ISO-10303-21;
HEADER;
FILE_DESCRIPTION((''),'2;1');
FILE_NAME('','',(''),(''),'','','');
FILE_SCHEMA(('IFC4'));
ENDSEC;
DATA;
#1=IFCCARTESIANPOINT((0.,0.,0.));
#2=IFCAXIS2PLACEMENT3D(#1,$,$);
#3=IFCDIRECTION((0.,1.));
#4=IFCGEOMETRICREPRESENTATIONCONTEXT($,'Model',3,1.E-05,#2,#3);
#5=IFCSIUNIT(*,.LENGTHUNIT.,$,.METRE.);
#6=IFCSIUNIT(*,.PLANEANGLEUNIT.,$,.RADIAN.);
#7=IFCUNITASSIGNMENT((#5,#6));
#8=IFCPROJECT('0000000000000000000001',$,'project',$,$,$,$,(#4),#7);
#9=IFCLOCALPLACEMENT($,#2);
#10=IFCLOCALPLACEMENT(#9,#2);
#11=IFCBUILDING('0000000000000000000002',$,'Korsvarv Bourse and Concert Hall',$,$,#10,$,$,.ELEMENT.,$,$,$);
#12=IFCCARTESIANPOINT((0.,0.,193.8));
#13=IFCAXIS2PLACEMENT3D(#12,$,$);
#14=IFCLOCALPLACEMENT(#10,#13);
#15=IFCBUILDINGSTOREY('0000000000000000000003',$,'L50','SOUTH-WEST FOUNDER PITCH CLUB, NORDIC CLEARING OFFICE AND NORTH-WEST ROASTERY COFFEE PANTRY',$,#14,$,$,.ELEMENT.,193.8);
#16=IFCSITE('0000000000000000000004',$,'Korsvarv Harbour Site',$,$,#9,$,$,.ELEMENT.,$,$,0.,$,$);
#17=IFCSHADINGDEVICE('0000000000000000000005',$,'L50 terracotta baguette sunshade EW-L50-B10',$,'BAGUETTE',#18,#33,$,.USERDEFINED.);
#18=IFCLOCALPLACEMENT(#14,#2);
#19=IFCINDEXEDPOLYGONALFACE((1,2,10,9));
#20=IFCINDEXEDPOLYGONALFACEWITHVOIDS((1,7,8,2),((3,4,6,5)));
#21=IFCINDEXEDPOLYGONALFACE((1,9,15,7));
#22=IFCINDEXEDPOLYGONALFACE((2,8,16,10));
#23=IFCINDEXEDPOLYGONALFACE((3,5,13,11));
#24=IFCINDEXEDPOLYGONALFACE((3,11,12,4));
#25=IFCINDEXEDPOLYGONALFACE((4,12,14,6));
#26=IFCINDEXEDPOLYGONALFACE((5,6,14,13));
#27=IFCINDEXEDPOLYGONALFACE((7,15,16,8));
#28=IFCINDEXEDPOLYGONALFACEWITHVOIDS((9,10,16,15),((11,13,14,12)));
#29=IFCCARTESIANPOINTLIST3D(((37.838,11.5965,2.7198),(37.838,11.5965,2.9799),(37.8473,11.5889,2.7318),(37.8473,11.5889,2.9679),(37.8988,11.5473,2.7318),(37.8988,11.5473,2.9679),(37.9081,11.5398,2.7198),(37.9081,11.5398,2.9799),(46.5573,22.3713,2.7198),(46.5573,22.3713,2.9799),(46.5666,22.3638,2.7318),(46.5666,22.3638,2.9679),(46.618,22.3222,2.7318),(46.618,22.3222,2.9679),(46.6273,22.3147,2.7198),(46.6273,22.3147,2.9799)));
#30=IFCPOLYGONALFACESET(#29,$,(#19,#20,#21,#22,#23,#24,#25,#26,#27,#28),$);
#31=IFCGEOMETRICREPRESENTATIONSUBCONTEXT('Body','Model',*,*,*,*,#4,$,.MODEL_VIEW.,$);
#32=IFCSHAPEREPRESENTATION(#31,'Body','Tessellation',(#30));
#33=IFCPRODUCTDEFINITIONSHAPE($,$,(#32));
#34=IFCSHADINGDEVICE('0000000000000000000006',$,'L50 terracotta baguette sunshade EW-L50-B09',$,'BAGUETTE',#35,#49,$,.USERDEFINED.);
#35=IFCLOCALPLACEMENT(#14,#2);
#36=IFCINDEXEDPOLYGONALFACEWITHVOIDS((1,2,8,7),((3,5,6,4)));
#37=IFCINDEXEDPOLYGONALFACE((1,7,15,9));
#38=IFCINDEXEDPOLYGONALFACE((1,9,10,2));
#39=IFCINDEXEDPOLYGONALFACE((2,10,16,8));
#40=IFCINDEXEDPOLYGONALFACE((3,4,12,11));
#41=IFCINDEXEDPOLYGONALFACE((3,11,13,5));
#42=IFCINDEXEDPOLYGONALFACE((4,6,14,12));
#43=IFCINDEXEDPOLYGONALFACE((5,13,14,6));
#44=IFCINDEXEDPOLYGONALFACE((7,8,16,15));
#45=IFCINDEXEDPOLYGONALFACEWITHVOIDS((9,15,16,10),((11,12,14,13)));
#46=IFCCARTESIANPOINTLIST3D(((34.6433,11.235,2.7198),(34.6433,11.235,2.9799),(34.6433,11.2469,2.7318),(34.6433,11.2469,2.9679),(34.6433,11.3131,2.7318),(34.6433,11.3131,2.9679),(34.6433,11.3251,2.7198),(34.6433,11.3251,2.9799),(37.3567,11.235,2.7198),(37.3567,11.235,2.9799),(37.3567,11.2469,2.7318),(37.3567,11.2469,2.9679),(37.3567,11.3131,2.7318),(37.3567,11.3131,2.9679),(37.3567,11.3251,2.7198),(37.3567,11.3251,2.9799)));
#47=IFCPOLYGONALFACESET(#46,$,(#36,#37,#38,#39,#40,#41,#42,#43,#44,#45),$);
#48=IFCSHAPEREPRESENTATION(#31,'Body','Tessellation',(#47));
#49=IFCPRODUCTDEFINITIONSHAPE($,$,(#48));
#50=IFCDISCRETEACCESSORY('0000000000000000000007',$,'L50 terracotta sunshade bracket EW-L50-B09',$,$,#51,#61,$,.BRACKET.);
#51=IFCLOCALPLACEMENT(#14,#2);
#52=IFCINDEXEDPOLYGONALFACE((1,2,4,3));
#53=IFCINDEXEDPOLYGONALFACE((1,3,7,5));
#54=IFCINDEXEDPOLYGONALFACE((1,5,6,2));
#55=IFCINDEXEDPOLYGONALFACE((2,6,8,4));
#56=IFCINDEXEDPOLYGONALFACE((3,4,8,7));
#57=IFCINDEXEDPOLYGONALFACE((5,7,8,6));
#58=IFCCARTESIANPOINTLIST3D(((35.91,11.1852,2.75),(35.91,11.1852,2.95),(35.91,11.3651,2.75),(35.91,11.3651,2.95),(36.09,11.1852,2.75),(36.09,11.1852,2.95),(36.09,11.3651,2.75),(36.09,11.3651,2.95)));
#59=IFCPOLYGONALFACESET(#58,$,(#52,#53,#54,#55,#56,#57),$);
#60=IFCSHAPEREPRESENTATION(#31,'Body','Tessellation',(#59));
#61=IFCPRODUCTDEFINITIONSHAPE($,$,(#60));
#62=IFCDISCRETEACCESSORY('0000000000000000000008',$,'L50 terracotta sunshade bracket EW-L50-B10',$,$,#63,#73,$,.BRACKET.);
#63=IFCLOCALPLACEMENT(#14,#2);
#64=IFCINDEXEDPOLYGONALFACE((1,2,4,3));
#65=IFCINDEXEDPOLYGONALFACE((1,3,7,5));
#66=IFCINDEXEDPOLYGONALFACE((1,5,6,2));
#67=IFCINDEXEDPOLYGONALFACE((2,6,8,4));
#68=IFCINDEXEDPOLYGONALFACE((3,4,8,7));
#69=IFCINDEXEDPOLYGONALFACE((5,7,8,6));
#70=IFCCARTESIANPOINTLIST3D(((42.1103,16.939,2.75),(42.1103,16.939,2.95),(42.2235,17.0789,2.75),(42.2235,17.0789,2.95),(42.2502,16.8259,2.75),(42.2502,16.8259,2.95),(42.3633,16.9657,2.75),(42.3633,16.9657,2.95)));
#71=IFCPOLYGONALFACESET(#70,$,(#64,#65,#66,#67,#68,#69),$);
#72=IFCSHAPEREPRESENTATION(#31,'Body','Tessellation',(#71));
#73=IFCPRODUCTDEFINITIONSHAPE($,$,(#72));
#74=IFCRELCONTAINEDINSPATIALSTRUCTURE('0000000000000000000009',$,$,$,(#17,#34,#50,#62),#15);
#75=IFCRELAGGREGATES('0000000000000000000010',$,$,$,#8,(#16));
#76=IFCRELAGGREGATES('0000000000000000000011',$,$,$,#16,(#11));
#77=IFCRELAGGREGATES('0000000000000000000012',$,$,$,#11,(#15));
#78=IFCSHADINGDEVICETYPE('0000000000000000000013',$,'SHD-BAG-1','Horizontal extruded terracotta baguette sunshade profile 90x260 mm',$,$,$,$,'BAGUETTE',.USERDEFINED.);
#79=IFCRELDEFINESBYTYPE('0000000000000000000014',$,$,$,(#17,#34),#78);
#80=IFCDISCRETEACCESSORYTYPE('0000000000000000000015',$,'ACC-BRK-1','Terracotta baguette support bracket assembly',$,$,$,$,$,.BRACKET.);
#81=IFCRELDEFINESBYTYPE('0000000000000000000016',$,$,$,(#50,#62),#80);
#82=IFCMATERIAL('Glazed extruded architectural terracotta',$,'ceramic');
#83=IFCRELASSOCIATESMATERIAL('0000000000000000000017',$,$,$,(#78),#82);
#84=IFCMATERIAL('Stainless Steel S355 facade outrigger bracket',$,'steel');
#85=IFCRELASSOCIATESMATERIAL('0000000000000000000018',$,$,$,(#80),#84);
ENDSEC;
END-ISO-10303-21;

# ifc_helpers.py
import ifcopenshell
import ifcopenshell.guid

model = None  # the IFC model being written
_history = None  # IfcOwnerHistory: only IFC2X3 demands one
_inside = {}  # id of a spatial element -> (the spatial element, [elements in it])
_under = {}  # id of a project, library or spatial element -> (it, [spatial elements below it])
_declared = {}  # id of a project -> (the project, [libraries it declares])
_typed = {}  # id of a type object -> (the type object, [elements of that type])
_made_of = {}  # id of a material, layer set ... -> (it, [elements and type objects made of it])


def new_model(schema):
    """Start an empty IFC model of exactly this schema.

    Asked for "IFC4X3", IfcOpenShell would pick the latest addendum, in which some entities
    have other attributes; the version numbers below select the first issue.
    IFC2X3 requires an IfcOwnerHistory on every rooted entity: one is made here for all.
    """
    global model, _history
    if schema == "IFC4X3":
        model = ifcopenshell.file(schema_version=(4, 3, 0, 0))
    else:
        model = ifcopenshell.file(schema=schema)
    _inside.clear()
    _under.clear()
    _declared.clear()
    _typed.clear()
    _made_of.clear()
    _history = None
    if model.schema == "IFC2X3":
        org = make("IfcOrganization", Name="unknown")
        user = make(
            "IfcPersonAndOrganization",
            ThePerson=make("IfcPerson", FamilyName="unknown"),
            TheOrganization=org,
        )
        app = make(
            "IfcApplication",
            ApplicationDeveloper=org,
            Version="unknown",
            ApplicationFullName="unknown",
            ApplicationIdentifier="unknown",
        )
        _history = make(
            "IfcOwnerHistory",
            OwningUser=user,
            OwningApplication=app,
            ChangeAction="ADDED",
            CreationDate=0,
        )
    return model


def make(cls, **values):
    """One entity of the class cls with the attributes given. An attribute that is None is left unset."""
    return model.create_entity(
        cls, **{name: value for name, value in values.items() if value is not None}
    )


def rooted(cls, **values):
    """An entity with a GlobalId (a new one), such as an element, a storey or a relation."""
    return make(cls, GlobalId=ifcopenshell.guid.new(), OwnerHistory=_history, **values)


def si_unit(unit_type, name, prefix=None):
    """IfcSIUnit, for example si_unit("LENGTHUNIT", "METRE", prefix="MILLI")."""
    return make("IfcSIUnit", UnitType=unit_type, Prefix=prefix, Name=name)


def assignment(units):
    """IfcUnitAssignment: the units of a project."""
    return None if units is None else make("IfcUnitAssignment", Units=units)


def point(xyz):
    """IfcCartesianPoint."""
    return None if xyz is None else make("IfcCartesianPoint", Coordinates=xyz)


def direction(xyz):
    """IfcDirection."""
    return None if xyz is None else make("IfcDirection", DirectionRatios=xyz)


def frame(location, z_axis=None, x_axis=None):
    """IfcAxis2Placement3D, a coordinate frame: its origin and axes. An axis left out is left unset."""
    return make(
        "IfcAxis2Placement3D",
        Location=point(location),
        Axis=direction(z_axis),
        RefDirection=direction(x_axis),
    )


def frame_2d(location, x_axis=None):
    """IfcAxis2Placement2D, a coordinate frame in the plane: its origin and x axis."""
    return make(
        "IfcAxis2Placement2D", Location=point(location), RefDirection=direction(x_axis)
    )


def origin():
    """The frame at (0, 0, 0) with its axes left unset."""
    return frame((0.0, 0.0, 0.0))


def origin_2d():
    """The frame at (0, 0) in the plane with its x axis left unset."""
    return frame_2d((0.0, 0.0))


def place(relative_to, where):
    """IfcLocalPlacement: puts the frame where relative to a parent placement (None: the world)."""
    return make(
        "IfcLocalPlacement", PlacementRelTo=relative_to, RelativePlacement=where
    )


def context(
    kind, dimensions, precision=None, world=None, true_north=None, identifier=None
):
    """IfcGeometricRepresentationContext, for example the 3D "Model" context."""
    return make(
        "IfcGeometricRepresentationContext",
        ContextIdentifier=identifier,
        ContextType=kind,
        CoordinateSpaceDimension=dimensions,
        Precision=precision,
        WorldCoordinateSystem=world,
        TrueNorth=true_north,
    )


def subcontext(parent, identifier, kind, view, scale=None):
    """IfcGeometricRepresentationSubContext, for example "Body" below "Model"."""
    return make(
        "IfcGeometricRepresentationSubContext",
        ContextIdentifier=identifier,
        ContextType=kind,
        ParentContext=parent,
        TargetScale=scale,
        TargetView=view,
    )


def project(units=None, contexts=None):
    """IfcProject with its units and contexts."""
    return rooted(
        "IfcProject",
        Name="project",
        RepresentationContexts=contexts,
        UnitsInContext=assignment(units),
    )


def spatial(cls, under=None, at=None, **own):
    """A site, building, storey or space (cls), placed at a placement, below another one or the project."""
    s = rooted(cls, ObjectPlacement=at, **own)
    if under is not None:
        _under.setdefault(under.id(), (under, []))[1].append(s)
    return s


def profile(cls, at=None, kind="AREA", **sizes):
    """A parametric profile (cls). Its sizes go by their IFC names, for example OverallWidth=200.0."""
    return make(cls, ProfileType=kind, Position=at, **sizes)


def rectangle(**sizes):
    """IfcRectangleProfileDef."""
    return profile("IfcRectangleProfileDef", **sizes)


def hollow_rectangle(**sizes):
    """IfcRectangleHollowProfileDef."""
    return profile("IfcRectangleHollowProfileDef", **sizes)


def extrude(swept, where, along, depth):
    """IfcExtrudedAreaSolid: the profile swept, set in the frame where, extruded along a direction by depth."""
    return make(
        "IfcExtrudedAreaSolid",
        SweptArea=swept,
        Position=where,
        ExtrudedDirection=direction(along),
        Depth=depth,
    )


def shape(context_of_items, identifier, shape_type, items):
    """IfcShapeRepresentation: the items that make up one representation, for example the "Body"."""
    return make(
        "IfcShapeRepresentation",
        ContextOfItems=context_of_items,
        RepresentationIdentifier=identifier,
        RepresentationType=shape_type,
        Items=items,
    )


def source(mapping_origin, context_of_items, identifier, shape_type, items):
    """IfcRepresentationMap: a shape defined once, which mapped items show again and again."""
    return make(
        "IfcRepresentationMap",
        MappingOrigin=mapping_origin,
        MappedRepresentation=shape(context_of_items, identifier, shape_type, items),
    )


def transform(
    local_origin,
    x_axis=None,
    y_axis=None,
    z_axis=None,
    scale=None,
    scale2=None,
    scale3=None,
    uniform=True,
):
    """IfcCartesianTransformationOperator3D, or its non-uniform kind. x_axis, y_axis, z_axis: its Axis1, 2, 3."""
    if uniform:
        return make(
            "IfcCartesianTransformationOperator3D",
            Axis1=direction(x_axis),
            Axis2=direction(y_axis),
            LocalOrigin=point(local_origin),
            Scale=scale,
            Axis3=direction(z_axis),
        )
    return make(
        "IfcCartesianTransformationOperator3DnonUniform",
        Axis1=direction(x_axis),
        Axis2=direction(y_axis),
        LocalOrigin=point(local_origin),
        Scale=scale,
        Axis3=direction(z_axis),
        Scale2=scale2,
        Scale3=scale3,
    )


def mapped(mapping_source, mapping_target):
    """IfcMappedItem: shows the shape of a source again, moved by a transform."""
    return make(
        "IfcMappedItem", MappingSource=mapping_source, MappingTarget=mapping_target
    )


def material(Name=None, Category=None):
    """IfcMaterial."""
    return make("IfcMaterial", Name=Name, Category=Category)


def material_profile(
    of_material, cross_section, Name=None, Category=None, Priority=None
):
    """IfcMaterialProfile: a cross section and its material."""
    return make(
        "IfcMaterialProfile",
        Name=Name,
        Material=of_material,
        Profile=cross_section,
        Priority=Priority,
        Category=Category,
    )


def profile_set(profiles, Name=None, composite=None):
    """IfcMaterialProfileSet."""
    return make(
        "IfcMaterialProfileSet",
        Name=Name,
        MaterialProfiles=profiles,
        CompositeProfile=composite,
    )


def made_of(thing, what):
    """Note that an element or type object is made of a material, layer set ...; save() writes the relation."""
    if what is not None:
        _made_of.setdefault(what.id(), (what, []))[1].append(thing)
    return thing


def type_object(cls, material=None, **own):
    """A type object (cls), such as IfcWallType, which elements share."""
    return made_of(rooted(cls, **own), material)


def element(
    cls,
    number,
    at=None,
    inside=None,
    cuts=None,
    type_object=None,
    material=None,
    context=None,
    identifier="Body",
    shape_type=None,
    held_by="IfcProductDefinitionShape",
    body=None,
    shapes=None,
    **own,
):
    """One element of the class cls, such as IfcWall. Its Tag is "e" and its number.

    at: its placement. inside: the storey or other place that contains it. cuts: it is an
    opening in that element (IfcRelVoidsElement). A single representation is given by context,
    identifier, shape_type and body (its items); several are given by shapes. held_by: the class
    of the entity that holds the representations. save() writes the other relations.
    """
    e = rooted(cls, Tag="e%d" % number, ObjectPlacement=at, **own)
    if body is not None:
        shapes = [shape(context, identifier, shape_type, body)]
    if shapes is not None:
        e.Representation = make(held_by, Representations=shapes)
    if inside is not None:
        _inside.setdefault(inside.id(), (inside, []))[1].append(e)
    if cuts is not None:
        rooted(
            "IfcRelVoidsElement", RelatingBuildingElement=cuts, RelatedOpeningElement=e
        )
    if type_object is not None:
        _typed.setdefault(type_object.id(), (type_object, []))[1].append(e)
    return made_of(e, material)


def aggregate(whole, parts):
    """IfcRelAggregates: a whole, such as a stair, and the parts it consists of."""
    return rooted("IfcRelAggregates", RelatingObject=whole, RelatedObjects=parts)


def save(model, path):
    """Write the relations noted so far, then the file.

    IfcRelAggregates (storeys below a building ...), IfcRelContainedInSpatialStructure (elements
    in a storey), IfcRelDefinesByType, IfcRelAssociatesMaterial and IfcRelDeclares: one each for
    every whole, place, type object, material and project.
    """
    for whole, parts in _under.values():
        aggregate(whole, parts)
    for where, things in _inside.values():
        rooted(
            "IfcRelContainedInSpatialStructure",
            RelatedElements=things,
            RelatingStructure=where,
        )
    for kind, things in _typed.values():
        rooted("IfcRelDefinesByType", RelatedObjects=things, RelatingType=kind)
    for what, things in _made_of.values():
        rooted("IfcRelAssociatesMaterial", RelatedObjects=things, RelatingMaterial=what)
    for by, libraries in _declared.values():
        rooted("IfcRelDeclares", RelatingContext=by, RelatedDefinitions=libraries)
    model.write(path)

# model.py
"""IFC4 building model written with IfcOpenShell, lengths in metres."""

from ifc_helpers import new_model, si_unit, direction, frame, origin, origin_2d, place, context, subcontext, project, spatial, rectangle, hollow_rectangle, extrude, source, transform, mapped, material, material_profile, profile_set, type_object, element, save


model = new_model("IFC4")

# Units and contexts
model_context = context("Model", 3, precision=1e-05, world=origin(), true_north=direction((0.0, 1.0)))
body_context = subcontext(model_context, "Body", "Model", "MODEL_VIEW")
ifc_project = project(units=[si_unit("LENGTHUNIT", "METRE"), si_unit("PLANEANGLEUNIT", "RADIAN")], contexts=[model_context])

# Site, building, storey
site_placement = place(None, origin())
site = spatial("IfcSite", under=ifc_project, at=site_placement, Name="Korsvarv Harbour Site", CompositionType="ELEMENT", RefElevation=0.0)
building_placement = place(site_placement, origin())
building = spatial("IfcBuilding", under=site, at=building_placement, Name="Korsvarv Bourse and Concert Hall", CompositionType="ELEMENT")
storey_placement = place(building_placement, frame((0.0, 0.0, 193.8)))
storey = spatial("IfcBuildingStorey", under=building, at=storey_placement, Name="L50", Description="SOUTH-WEST FOUNDER PITCH CLUB, NORDIC CLEARING OFFICE AND NORTH-WEST ROASTERY COFFEE PANTRY", CompositionType="ELEMENT", Elevation=193.8)

# Shading devices
ifc_material_1 = material(Name="Glazed extruded architectural terracotta", Category="ceramic")
ifc_material_profile_1 = material_profile(ifc_material_1, hollow_rectangle(XDim=0.0901, YDim=0.26, WallThickness=0.012, at=origin_2d()), Name="TC-BAG 90x260")
ifc_profile_set_1 = profile_set([ifc_material_profile_1], Name="Glazed extruded architectural terracotta")
shading_device_type = type_object("IfcShadingDeviceType", Name="SHD-BAG-1", Description="Horizontal extruded terracotta baguette sunshade profile 90x260 mm", ElementType="BAGUETTE", PredefinedType="USERDEFINED", material=ifc_profile_set_1)
shared_shape_1 = source(origin(), body_context, "Body", "SweptSolid", [
    extrude(hollow_rectangle(XDim=0.0901, YDim=0.26, WallThickness=0.012, at=origin_2d()), origin(), (0.0, 0.0, 1.0), 13.8608),
])
shading_device_1_placement = place(storey_placement, frame((37.873, 11.5681, 2.8499), z_axis=(0.629054, 0.777361, 0.0), x_axis=(-0.777361, 0.629054, 0.0)))
element("IfcShadingDevice", 1, at=shading_device_1_placement, inside=storey, type_object=shading_device_type, Name="L50 terracotta baguette sunshade EW-L50-B10", ObjectType="BAGUETTE", PredefinedType="USERDEFINED", context=body_context, shape_type="MappedRepresentation", body=[
    mapped(shared_shape_1, transform((0.0, 0.0, 0.0), scale=1.0)),
])
shared_shape_2 = source(origin(), body_context, "Body", "SweptSolid", [
    extrude(hollow_rectangle(XDim=0.0901, YDim=0.26, WallThickness=0.012, at=origin_2d()), origin(), (0.0, 0.0, 1.0), 2.7134),
])
shading_device_2_placement = place(storey_placement, frame((34.6433, 11.28, 2.8499), z_axis=(1.0, 0.0, 0.0), x_axis=(0.0, 1.0, 0.0)))
element("IfcShadingDevice", 2, at=shading_device_2_placement, inside=storey, type_object=shading_device_type, Name="L50 terracotta baguette sunshade EW-L50-B09", ObjectType="BAGUETTE", PredefinedType="USERDEFINED", context=body_context, shape_type="MappedRepresentation", body=[
    mapped(shared_shape_2, transform((0.0, 0.0, 0.0), scale=1.0)),
])

# Discrete accessories
ifc_material_2 = material(Name="Stainless Steel S355 facade outrigger bracket", Category="steel")
discrete_accessory_type = type_object("IfcDiscreteAccessoryType", Name="ACC-BRK-1", Description="Terracotta baguette support bracket assembly", PredefinedType="BRACKET", material=ifc_material_2)
shared_shape_3 = source(origin(), body_context, "Body", "SweptSolid", [
    extrude(rectangle(XDim=0.1799, YDim=0.1799, at=origin_2d()), origin(), (0.0, 0.0, 1.0), 0.2),
])
for number, where, z_axis, x_axis, name in (
    (3, (36.0, 11.2751, 2.75), (0.0, 0.0, 1.0), (1.0, 0.0, 0.0), "L50 terracotta sunshade bracket EW-L50-B09"),
    (4, (42.2368, 16.9524, 2.75), (0.0, 0.0, 1.0), (0.629049, 0.777366, 0.0), "L50 terracotta sunshade bracket EW-L50-B10"),
):
    element("IfcDiscreteAccessory", number, at=place(storey_placement, frame(where, z_axis=z_axis, x_axis=x_axis)), inside=storey, type_object=discrete_accessory_type, Name=name, PredefinedType="BRACKET", context=body_context, shape_type="MappedRepresentation", body=[
        mapped(shared_shape_3, transform((0.0, 0.0, 0.0), scale=1.0)),
    ])

save(model, "model.ifc")
